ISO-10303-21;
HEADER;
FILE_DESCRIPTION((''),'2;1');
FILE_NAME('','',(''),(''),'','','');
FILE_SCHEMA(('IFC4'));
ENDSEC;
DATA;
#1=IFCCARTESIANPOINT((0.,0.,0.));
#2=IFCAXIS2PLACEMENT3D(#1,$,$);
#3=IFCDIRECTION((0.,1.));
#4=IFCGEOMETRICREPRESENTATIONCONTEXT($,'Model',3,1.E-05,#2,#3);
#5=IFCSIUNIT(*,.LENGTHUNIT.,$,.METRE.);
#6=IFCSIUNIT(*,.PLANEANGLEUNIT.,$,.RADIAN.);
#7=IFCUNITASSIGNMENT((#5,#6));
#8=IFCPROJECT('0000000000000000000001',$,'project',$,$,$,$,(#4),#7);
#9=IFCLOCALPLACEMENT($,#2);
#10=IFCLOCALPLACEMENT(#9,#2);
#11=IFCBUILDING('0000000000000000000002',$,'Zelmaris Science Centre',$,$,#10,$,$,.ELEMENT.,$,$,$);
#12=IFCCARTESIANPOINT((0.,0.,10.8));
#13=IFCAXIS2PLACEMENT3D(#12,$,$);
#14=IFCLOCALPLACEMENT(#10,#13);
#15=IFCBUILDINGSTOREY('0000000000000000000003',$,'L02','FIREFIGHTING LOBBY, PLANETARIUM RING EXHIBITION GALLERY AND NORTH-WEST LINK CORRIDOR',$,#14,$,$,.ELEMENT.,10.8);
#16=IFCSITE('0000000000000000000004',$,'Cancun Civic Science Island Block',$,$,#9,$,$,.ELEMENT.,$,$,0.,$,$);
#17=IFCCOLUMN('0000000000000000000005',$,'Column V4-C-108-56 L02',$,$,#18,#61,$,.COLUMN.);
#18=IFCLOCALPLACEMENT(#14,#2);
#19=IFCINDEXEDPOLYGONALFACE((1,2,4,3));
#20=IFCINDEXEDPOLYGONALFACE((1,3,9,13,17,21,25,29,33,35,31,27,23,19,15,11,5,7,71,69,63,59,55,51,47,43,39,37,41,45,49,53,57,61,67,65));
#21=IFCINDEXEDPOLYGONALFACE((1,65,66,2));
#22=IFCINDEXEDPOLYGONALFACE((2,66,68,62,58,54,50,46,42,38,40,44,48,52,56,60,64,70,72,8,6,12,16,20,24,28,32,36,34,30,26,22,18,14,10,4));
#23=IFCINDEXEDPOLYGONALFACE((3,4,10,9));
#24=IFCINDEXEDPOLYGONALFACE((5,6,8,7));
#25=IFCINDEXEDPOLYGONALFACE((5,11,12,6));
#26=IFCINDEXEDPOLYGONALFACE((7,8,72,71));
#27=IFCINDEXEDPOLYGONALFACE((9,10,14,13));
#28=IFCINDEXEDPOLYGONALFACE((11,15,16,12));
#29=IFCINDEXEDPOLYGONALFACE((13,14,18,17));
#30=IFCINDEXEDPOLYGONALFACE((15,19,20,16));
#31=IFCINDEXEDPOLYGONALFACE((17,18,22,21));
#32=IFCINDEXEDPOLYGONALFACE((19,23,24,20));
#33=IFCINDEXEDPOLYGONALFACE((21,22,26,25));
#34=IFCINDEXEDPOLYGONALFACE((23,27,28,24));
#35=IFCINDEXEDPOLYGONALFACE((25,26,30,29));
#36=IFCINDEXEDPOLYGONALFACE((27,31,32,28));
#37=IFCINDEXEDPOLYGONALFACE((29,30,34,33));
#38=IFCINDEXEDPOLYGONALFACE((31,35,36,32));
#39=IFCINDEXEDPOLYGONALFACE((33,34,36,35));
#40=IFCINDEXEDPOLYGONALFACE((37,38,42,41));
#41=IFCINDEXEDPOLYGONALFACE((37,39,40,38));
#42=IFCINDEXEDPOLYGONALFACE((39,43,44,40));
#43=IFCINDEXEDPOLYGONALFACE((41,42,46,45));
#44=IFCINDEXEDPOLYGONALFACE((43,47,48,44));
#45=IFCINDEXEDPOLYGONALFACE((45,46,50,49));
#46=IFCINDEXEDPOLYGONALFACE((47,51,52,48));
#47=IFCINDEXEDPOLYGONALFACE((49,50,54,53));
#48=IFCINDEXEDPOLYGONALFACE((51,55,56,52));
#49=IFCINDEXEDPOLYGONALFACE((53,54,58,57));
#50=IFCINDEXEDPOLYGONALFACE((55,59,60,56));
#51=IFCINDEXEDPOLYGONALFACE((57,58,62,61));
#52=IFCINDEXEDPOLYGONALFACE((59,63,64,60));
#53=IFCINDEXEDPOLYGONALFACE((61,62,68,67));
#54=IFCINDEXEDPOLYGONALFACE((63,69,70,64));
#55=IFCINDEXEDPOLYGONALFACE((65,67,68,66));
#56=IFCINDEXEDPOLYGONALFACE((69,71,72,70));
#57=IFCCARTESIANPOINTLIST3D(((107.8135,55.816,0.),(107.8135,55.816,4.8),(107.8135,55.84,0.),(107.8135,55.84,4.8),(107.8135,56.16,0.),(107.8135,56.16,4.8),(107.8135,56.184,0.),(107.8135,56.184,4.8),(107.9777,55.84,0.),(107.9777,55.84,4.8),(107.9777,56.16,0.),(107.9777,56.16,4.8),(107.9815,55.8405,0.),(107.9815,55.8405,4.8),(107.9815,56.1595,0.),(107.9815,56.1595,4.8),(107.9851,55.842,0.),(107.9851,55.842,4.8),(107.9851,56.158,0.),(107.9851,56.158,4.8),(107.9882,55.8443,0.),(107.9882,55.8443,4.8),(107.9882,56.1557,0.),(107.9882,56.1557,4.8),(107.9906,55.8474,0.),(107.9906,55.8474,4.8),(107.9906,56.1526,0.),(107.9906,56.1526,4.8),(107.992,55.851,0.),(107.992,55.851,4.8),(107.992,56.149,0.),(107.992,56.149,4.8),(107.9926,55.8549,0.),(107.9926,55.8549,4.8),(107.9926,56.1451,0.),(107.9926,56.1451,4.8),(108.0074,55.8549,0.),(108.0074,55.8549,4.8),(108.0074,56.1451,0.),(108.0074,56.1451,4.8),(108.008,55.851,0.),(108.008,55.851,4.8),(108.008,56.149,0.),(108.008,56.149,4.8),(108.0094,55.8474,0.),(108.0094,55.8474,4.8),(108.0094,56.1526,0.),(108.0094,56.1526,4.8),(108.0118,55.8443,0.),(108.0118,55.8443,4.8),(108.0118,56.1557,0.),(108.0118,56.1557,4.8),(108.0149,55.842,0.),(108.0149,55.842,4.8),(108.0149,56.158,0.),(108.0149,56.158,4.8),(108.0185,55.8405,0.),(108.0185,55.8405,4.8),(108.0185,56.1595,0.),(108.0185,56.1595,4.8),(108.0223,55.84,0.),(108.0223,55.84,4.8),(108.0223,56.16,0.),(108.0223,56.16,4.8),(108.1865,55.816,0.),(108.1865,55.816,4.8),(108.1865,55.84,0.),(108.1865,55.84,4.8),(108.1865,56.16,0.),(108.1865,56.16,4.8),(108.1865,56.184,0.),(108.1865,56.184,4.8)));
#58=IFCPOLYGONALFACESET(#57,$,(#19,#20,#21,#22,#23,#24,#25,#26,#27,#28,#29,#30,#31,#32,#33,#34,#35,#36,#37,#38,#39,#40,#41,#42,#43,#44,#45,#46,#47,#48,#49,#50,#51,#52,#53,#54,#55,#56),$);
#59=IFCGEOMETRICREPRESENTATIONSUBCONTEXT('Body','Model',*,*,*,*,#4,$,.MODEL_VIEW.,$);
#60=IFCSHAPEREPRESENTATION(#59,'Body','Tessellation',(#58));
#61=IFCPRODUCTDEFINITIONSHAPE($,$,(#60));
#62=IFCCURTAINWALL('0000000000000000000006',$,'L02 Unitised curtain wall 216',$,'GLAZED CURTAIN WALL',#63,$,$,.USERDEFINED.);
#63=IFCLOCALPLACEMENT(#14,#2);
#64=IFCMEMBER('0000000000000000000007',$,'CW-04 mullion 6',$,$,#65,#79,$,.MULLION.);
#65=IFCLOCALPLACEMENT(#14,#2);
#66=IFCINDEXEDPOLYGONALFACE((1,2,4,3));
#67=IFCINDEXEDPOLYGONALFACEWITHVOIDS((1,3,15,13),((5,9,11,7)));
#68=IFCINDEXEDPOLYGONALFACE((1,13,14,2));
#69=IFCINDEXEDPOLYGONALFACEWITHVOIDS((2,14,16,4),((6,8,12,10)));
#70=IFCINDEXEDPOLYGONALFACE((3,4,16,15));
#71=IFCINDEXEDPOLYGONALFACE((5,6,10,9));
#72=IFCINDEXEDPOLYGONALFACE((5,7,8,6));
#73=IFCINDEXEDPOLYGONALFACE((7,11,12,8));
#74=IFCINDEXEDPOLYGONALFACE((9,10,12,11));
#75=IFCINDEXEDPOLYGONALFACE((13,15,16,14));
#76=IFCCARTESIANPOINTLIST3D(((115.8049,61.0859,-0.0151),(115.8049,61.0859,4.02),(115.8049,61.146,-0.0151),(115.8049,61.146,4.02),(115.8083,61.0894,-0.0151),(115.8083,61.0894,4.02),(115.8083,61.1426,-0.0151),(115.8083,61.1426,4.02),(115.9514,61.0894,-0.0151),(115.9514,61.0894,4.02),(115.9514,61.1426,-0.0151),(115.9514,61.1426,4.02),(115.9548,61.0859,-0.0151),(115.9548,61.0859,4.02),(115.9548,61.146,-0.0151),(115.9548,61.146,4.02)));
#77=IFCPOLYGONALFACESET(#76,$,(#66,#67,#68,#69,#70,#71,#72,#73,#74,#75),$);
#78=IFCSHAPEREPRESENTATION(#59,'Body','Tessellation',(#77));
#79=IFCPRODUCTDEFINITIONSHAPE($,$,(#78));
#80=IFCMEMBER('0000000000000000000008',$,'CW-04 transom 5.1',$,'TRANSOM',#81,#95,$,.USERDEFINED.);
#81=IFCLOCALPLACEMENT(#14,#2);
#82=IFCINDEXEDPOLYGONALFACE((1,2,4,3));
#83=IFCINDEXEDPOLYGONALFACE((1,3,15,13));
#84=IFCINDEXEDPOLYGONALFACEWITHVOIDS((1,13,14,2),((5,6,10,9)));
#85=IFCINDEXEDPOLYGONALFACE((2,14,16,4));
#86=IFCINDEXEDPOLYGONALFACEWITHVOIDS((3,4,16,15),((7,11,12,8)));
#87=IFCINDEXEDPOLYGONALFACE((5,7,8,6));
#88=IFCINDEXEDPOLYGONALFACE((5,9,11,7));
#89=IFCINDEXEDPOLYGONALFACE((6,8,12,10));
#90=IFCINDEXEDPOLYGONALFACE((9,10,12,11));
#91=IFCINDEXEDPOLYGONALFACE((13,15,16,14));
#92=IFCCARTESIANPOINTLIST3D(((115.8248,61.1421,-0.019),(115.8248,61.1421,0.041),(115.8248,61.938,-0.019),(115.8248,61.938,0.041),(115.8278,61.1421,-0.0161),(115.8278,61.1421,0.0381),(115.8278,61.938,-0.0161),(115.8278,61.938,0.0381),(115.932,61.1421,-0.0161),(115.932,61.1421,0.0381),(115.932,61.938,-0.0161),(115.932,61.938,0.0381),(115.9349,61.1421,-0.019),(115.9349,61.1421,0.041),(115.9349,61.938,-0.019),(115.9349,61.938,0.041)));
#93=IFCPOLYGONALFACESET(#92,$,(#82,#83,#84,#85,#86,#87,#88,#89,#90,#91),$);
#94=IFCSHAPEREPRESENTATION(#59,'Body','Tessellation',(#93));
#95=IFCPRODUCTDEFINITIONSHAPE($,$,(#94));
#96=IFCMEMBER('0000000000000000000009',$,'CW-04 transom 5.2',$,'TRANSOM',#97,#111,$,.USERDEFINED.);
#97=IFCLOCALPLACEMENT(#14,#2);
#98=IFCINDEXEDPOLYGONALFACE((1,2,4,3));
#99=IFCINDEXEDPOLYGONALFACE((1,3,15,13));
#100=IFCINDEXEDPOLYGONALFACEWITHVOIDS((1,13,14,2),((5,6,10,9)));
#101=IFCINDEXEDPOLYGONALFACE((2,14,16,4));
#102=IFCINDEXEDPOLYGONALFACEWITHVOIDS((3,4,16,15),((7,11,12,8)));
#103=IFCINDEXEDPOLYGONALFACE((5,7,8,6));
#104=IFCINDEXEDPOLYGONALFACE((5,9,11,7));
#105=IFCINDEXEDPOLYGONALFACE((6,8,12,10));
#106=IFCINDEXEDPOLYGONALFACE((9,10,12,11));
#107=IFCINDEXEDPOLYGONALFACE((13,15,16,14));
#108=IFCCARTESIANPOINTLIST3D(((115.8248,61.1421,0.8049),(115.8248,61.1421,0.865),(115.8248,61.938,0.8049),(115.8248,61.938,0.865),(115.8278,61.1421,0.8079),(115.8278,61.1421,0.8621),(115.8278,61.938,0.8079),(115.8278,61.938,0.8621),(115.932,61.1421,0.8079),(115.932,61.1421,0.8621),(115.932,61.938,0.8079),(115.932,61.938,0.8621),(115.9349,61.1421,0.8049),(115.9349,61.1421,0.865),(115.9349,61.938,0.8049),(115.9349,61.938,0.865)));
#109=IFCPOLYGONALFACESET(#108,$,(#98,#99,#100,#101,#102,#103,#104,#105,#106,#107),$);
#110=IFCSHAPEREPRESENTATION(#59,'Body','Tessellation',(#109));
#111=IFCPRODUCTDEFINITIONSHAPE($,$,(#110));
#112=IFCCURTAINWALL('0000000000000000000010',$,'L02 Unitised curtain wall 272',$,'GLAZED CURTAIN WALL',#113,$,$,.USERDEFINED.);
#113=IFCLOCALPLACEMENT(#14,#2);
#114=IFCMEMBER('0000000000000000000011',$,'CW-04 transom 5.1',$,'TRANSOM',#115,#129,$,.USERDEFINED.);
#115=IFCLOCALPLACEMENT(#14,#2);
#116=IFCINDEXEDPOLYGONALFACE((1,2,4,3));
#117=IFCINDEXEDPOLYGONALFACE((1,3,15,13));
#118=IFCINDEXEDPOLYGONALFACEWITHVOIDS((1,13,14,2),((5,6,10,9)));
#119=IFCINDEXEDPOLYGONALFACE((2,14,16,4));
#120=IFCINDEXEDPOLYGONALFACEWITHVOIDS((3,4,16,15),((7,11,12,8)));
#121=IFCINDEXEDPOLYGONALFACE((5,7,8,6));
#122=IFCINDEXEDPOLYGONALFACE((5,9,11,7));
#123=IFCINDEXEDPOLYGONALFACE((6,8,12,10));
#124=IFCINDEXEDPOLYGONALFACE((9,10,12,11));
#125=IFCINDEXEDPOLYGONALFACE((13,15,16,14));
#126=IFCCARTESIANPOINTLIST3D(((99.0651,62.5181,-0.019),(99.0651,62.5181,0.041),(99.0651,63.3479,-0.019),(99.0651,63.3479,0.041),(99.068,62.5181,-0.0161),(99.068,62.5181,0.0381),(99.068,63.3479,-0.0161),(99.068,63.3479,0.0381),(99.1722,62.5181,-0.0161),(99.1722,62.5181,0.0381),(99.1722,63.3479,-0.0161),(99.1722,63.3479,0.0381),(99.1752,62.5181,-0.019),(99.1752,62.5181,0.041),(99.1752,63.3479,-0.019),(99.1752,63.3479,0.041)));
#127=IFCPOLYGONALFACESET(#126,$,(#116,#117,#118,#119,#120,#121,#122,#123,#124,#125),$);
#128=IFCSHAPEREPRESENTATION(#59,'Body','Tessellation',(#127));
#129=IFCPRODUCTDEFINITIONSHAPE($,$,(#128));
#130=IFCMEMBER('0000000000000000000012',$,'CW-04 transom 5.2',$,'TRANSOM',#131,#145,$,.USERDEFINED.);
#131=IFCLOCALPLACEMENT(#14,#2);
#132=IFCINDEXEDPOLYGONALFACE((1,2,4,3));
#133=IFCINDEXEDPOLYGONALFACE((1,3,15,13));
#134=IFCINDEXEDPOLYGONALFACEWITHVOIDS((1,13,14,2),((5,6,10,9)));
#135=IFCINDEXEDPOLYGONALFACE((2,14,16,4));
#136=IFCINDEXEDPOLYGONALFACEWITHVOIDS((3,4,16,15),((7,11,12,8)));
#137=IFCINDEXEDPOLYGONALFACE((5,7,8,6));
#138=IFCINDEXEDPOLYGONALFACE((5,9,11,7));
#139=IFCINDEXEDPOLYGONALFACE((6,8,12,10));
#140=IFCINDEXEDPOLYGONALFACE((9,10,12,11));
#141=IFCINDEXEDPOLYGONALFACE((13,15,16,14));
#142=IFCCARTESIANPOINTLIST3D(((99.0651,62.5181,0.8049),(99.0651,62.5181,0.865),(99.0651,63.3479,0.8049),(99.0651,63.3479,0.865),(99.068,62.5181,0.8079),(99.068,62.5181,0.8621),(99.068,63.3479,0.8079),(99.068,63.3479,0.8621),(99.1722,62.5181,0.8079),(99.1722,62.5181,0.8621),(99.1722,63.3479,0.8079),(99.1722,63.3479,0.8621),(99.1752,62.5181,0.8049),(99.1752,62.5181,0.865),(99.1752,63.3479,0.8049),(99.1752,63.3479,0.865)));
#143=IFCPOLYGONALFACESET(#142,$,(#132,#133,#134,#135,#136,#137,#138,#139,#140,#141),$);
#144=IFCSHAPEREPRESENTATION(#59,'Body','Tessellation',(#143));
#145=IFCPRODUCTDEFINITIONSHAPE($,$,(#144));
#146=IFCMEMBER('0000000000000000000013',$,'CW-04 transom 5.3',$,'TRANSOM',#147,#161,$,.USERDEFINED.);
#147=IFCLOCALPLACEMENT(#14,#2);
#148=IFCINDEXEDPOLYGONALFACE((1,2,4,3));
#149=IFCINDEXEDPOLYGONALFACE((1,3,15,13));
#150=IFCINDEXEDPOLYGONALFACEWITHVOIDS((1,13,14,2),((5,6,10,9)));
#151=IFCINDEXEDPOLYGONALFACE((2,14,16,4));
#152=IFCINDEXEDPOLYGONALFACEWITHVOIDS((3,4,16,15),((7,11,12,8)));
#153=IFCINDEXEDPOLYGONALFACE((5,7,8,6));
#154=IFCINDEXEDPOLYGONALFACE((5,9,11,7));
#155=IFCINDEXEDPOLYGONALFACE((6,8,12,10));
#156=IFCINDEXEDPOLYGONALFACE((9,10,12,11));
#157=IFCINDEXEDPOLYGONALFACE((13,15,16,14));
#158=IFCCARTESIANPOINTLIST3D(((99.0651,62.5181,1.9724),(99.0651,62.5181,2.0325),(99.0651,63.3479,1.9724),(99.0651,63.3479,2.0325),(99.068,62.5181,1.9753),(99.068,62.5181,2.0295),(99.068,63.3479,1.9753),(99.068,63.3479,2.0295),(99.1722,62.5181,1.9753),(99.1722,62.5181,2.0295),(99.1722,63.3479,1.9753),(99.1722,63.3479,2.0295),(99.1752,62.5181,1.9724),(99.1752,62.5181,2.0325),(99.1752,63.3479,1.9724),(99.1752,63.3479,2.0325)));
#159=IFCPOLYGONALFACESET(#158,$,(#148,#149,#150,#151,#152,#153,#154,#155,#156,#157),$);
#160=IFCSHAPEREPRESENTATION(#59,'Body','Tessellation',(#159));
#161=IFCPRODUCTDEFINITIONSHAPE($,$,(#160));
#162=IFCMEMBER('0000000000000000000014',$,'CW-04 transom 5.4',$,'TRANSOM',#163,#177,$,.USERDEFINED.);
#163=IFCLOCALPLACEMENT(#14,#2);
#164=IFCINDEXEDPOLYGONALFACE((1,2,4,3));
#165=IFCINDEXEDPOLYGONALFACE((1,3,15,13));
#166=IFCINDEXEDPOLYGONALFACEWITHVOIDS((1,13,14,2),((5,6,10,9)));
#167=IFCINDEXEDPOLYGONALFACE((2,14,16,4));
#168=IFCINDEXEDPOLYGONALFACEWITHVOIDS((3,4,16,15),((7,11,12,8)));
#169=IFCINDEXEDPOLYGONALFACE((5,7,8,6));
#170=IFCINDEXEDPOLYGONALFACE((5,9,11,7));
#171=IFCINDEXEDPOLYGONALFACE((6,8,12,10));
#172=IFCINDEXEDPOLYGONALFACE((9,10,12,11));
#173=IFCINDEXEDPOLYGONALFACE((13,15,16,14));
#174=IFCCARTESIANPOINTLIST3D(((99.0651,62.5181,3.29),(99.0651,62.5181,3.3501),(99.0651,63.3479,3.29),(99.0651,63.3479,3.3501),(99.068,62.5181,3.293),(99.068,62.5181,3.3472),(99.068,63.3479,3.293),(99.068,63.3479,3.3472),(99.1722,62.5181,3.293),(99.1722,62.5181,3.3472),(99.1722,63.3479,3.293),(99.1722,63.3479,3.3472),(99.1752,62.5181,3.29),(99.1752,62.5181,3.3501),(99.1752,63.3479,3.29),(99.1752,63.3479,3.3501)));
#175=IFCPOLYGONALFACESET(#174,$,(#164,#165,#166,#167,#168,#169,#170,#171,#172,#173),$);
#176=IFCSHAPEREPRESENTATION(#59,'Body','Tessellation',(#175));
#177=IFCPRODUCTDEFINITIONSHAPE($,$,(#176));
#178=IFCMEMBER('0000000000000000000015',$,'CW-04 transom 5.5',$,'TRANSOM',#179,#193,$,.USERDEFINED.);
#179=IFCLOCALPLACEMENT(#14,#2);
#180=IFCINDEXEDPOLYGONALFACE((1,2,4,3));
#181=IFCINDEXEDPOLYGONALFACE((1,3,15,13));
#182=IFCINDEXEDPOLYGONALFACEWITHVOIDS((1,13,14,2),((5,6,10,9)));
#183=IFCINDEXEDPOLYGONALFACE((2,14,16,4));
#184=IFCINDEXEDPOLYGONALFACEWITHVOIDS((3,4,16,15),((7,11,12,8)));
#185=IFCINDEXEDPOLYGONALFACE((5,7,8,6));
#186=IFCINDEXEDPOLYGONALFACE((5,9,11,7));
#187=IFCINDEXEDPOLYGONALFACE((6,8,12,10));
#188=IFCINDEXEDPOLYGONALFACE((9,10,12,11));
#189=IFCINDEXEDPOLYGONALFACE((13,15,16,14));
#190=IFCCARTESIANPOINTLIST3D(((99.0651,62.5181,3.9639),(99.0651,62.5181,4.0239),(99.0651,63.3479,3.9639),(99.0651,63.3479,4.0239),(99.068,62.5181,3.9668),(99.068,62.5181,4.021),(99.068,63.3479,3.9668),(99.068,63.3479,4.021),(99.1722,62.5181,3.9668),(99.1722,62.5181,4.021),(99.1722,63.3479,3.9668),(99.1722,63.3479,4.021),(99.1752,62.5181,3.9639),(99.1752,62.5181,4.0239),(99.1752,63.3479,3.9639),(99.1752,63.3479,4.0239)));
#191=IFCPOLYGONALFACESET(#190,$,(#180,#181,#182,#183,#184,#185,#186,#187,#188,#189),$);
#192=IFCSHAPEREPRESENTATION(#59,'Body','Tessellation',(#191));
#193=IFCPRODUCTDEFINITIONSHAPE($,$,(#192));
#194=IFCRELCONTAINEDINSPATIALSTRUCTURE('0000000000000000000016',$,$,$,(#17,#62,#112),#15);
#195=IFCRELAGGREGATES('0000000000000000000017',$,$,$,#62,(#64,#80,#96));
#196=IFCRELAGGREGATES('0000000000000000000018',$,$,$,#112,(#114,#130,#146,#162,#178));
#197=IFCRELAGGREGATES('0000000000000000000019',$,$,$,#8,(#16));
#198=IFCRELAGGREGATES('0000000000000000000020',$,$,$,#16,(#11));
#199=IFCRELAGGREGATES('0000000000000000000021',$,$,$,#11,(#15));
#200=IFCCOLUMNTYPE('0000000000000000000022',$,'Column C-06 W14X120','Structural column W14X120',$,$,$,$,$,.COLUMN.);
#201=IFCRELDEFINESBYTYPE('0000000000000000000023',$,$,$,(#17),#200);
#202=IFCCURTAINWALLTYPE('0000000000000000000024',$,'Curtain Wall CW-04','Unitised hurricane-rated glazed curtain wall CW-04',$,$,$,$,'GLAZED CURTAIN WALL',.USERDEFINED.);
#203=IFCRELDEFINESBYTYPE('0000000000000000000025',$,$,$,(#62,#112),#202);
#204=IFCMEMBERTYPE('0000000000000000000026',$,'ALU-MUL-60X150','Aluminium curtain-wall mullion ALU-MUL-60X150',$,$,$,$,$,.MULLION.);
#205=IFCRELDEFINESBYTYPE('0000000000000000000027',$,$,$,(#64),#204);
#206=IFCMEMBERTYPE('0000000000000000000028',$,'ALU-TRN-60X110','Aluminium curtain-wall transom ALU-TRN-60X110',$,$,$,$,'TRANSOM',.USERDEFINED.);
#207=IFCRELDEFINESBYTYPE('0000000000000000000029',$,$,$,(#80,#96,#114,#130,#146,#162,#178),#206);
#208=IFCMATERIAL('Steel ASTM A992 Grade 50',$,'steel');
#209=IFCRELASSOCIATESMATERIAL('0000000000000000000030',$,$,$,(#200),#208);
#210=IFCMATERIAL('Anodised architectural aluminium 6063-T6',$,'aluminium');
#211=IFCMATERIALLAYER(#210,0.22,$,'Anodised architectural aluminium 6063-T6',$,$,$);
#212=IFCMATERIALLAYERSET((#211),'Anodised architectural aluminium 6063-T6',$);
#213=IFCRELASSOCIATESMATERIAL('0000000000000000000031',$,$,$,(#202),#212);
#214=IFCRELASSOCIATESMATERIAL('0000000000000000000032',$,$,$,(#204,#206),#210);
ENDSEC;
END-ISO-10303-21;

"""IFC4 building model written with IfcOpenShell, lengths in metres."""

from ifc_helpers import new_model, si_unit, direction, frame, origin, origin_2d, place, context, subcontext, project, spatial, hollow_rectangle, i_section, extrude, material, layer, layer_set, material_profile, profile_set, type_object, element, aggregate, save


model = new_model("IFC4")

# Units and contexts
model_context = context("Model", 3, precision=1e-05, world=origin(), true_north=direction((0.0, 1.0)))
body_context = subcontext(model_context, "Body", "Model", "MODEL_VIEW")
ifc_project = project(units=[si_unit("LENGTHUNIT", "METRE"), si_unit("PLANEANGLEUNIT", "RADIAN")], contexts=[model_context])

# Site, building, storey
site_placement = place(None, origin())
site = spatial("IfcSite", under=ifc_project, at=site_placement, Name="Cancun Civic Science Island Block", CompositionType="ELEMENT", RefElevation=0.0)
building_placement = place(site_placement, origin())
building = spatial("IfcBuilding", under=site, at=building_placement, Name="Zelmaris Science Centre", CompositionType="ELEMENT")
storey_placement = place(building_placement, frame((0.0, 0.0, 10.8)))
storey = spatial("IfcBuildingStorey", under=building, at=storey_placement, Name="L02", Description="FIREFIGHTING LOBBY, PLANETARIUM RING EXHIBITION GALLERY AND NORTH-WEST LINK CORRIDOR", CompositionType="ELEMENT", Elevation=10.8)

# Column
ifc_material_1 = material(Name="Steel ASTM A992 Grade 50", Category="steel")
ifc_material_profile_1 = material_profile(ifc_material_1, i_section(OverallWidth=0.373, OverallDepth=0.3679, WebThickness=0.0149, FlangeThickness=0.0239, FilletRadius=0.0149, at=origin_2d()), Name="W14X120")
ifc_profile_set_1 = profile_set([ifc_material_profile_1], Name="Steel ASTM A992 Grade 50")
column_type = type_object("IfcColumnType", Name="Column C-06 W14X120", Description="Structural column W14X120", PredefinedType="COLUMN", material=ifc_profile_set_1)
column_placement = place(storey_placement, frame((108.0, 56.0, 0.0), z_axis=(0.0, 0.0, 1.0), x_axis=(1.0, 0.0, 0.0)))
element("IfcColumn", 1, at=column_placement, inside=storey, type_object=column_type, Name="Column V4-C-108-56 L02", PredefinedType="COLUMN", context=body_context, shape_type="SweptSolid", body=[
    extrude(i_section(OverallWidth=0.373, OverallDepth=0.3679, WebThickness=0.0149, FlangeThickness=0.0239, FilletRadius=0.0149, at=origin_2d()), origin(), (0.0, 0.0, 1.0), 4.8),
])

# Curtain walls, members
ifc_material_2 = material(Name="Anodised architectural aluminium 6063-T6", Category="aluminium")
ifc_layer_1 = layer(ifc_material_2, 0.22, Name="Anodised architectural aluminium 6063-T6")
ifc_layer_set_1 = layer_set([ifc_layer_1], Name="Anodised architectural aluminium 6063-T6")
curtain_wall_type = type_object("IfcCurtainWallType", Name="Curtain Wall CW-04", Description="Unitised hurricane-rated glazed curtain wall CW-04", ElementType="GLAZED CURTAIN WALL", PredefinedType="USERDEFINED", material=ifc_layer_set_1)
curtain_wall_1_placement = place(storey_placement, origin())
curtain_wall_1 = element("IfcCurtainWall", 2, at=curtain_wall_1_placement, inside=storey, type_object=curtain_wall_type, Name="L02 Unitised curtain wall 216", ObjectType="GLAZED CURTAIN WALL", PredefinedType="USERDEFINED")
ifc_material_profile_2 = material_profile(ifc_material_2, hollow_rectangle(XDim=0.0601, YDim=0.1499, WallThickness=0.0034, at=origin_2d()), Name="ALU-MUL-60X150")
ifc_profile_set_2 = profile_set([ifc_material_profile_2], Name="Anodised architectural aluminium 6063-T6")
member_type_1 = type_object("IfcMemberType", Name="ALU-MUL-60X150", Description="Aluminium curtain-wall mullion ALU-MUL-60X150", PredefinedType="MULLION", material=ifc_profile_set_2)
member_1_placement = place(storey_placement, frame((115.8799, 61.116, -0.0151), z_axis=(0.0, 0.0, 1.0), x_axis=(0.000007, -1.0, 0.0)))
member_1 = element("IfcMember", 3, at=member_1_placement, type_object=member_type_1, Name="CW-04 mullion 6", PredefinedType="MULLION", context=body_context, shape_type="SweptSolid", body=[
    extrude(hollow_rectangle(XDim=0.0601, YDim=0.1499, WallThickness=0.0034, at=origin_2d()), origin(), (0.0, 0.0, 1.0), 4.0352),
])
ifc_material_profile_3 = material_profile(ifc_material_2, hollow_rectangle(XDim=0.0601, YDim=0.1101, WallThickness=0.0029, at=origin_2d()), Name="ALU-TRN-60X110")
ifc_profile_set_3 = profile_set([ifc_material_profile_3], Name="Anodised architectural aluminium 6063-T6")
member_type_2 = type_object("IfcMemberType", Name="ALU-TRN-60X110", Description="Aluminium curtain-wall transom ALU-TRN-60X110", ElementType="TRANSOM", PredefinedType="USERDEFINED", material=ifc_profile_set_3)
member_2_placement = place(storey_placement, frame((115.8799, 61.938, 0.011), z_axis=(0.0, -1.0, 0.0), x_axis=(0.0, 0.0, 1.0)))
member_2 = element("IfcMember", 4, at=member_2_placement, type_object=member_type_2, Name="CW-04 transom 5.1", ObjectType="TRANSOM", PredefinedType="USERDEFINED", context=body_context, shape_type="SweptSolid", body=[
    extrude(hollow_rectangle(XDim=0.0601, YDim=0.1101, WallThickness=0.0029, at=origin_2d()), origin(), (0.0, 0.0, 1.0), 0.7959),
])
member_3_placement = place(storey_placement, frame((115.8799, 61.938, 0.835), z_axis=(0.0, -1.0, 0.0), x_axis=(0.0, 0.0, 1.0)))
member_3 = element("IfcMember", 5, at=member_3_placement, type_object=member_type_2, Name="CW-04 transom 5.2", ObjectType="TRANSOM", PredefinedType="USERDEFINED", context=body_context, shape_type="SweptSolid", body=[
    extrude(hollow_rectangle(XDim=0.0601, YDim=0.1101, WallThickness=0.0029, at=origin_2d()), origin(), (0.0, 0.0, 1.0), 0.7959),
])
curtain_wall_2_placement = place(storey_placement, origin())
curtain_wall_2 = element("IfcCurtainWall", 6, at=curtain_wall_2_placement, inside=storey, type_object=curtain_wall_type, Name="L02 Unitised curtain wall 272", ObjectType="GLAZED CURTAIN WALL", PredefinedType="USERDEFINED")
member_4_placement = place(storey_placement, frame((99.1201, 62.5181, 0.011), z_axis=(0.0, 1.0, 0.0), x_axis=(0.0, 0.0, 1.0)))
member_4 = element("IfcMember", 7, at=member_4_placement, type_object=member_type_2, Name="CW-04 transom 5.1", ObjectType="TRANSOM", PredefinedType="USERDEFINED", context=body_context, shape_type="SweptSolid", body=[
    extrude(hollow_rectangle(XDim=0.0601, YDim=0.1101, WallThickness=0.0029, at=origin_2d()), origin(), (0.0, 0.0, 1.0), 0.8298),
])
member_5_placement = place(storey_placement, frame((99.1201, 62.5181, 0.835), z_axis=(0.0, 1.0, 0.0), x_axis=(0.0, 0.0, 1.0)))
member_5 = element("IfcMember", 8, at=member_5_placement, type_object=member_type_2, Name="CW-04 transom 5.2", ObjectType="TRANSOM", PredefinedType="USERDEFINED", context=body_context, shape_type="SweptSolid", body=[
    extrude(hollow_rectangle(XDim=0.0601, YDim=0.1101, WallThickness=0.0029, at=origin_2d()), origin(), (0.0, 0.0, 1.0), 0.8298),
])
member_6_placement = place(storey_placement, frame((99.1201, 62.5181, 2.0024), z_axis=(0.0, 1.0, 0.0), x_axis=(0.0, 0.0, 1.0)))
member_6 = element("IfcMember", 9, at=member_6_placement, type_object=member_type_2, Name="CW-04 transom 5.3", ObjectType="TRANSOM", PredefinedType="USERDEFINED", context=body_context, shape_type="SweptSolid", body=[
    extrude(hollow_rectangle(XDim=0.0601, YDim=0.1101, WallThickness=0.0029, at=origin_2d()), origin(), (0.0, 0.0, 1.0), 0.8298),
])
member_7_placement = place(storey_placement, frame((99.1201, 62.5181, 3.3201), z_axis=(0.0, 1.0, 0.0), x_axis=(0.0, 0.0, 1.0)))
member_7 = element("IfcMember", 10, at=member_7_placement, type_object=member_type_2, Name="CW-04 transom 5.4", ObjectType="TRANSOM", PredefinedType="USERDEFINED", context=body_context, shape_type="SweptSolid", body=[
    extrude(hollow_rectangle(XDim=0.0601, YDim=0.1101, WallThickness=0.0029, at=origin_2d()), origin(), (0.0, 0.0, 1.0), 0.8298),
])
member_8_placement = place(storey_placement, frame((99.1201, 62.5181, 3.9939), z_axis=(0.0, 1.0, 0.0), x_axis=(0.0, 0.0, 1.0)))
member_8 = element("IfcMember", 11, at=member_8_placement, type_object=member_type_2, Name="CW-04 transom 5.5", ObjectType="TRANSOM", PredefinedType="USERDEFINED", context=body_context, shape_type="SweptSolid", body=[
    extrude(hollow_rectangle(XDim=0.0601, YDim=0.1101, WallThickness=0.0029, at=origin_2d()), origin(), (0.0, 0.0, 1.0), 0.8298),
])

aggregate(curtain_wall_1, [member_1, member_2, member_3])
aggregate(curtain_wall_2, [member_4, member_5, member_6, member_7, member_8])

save(model, "model.ifc")
